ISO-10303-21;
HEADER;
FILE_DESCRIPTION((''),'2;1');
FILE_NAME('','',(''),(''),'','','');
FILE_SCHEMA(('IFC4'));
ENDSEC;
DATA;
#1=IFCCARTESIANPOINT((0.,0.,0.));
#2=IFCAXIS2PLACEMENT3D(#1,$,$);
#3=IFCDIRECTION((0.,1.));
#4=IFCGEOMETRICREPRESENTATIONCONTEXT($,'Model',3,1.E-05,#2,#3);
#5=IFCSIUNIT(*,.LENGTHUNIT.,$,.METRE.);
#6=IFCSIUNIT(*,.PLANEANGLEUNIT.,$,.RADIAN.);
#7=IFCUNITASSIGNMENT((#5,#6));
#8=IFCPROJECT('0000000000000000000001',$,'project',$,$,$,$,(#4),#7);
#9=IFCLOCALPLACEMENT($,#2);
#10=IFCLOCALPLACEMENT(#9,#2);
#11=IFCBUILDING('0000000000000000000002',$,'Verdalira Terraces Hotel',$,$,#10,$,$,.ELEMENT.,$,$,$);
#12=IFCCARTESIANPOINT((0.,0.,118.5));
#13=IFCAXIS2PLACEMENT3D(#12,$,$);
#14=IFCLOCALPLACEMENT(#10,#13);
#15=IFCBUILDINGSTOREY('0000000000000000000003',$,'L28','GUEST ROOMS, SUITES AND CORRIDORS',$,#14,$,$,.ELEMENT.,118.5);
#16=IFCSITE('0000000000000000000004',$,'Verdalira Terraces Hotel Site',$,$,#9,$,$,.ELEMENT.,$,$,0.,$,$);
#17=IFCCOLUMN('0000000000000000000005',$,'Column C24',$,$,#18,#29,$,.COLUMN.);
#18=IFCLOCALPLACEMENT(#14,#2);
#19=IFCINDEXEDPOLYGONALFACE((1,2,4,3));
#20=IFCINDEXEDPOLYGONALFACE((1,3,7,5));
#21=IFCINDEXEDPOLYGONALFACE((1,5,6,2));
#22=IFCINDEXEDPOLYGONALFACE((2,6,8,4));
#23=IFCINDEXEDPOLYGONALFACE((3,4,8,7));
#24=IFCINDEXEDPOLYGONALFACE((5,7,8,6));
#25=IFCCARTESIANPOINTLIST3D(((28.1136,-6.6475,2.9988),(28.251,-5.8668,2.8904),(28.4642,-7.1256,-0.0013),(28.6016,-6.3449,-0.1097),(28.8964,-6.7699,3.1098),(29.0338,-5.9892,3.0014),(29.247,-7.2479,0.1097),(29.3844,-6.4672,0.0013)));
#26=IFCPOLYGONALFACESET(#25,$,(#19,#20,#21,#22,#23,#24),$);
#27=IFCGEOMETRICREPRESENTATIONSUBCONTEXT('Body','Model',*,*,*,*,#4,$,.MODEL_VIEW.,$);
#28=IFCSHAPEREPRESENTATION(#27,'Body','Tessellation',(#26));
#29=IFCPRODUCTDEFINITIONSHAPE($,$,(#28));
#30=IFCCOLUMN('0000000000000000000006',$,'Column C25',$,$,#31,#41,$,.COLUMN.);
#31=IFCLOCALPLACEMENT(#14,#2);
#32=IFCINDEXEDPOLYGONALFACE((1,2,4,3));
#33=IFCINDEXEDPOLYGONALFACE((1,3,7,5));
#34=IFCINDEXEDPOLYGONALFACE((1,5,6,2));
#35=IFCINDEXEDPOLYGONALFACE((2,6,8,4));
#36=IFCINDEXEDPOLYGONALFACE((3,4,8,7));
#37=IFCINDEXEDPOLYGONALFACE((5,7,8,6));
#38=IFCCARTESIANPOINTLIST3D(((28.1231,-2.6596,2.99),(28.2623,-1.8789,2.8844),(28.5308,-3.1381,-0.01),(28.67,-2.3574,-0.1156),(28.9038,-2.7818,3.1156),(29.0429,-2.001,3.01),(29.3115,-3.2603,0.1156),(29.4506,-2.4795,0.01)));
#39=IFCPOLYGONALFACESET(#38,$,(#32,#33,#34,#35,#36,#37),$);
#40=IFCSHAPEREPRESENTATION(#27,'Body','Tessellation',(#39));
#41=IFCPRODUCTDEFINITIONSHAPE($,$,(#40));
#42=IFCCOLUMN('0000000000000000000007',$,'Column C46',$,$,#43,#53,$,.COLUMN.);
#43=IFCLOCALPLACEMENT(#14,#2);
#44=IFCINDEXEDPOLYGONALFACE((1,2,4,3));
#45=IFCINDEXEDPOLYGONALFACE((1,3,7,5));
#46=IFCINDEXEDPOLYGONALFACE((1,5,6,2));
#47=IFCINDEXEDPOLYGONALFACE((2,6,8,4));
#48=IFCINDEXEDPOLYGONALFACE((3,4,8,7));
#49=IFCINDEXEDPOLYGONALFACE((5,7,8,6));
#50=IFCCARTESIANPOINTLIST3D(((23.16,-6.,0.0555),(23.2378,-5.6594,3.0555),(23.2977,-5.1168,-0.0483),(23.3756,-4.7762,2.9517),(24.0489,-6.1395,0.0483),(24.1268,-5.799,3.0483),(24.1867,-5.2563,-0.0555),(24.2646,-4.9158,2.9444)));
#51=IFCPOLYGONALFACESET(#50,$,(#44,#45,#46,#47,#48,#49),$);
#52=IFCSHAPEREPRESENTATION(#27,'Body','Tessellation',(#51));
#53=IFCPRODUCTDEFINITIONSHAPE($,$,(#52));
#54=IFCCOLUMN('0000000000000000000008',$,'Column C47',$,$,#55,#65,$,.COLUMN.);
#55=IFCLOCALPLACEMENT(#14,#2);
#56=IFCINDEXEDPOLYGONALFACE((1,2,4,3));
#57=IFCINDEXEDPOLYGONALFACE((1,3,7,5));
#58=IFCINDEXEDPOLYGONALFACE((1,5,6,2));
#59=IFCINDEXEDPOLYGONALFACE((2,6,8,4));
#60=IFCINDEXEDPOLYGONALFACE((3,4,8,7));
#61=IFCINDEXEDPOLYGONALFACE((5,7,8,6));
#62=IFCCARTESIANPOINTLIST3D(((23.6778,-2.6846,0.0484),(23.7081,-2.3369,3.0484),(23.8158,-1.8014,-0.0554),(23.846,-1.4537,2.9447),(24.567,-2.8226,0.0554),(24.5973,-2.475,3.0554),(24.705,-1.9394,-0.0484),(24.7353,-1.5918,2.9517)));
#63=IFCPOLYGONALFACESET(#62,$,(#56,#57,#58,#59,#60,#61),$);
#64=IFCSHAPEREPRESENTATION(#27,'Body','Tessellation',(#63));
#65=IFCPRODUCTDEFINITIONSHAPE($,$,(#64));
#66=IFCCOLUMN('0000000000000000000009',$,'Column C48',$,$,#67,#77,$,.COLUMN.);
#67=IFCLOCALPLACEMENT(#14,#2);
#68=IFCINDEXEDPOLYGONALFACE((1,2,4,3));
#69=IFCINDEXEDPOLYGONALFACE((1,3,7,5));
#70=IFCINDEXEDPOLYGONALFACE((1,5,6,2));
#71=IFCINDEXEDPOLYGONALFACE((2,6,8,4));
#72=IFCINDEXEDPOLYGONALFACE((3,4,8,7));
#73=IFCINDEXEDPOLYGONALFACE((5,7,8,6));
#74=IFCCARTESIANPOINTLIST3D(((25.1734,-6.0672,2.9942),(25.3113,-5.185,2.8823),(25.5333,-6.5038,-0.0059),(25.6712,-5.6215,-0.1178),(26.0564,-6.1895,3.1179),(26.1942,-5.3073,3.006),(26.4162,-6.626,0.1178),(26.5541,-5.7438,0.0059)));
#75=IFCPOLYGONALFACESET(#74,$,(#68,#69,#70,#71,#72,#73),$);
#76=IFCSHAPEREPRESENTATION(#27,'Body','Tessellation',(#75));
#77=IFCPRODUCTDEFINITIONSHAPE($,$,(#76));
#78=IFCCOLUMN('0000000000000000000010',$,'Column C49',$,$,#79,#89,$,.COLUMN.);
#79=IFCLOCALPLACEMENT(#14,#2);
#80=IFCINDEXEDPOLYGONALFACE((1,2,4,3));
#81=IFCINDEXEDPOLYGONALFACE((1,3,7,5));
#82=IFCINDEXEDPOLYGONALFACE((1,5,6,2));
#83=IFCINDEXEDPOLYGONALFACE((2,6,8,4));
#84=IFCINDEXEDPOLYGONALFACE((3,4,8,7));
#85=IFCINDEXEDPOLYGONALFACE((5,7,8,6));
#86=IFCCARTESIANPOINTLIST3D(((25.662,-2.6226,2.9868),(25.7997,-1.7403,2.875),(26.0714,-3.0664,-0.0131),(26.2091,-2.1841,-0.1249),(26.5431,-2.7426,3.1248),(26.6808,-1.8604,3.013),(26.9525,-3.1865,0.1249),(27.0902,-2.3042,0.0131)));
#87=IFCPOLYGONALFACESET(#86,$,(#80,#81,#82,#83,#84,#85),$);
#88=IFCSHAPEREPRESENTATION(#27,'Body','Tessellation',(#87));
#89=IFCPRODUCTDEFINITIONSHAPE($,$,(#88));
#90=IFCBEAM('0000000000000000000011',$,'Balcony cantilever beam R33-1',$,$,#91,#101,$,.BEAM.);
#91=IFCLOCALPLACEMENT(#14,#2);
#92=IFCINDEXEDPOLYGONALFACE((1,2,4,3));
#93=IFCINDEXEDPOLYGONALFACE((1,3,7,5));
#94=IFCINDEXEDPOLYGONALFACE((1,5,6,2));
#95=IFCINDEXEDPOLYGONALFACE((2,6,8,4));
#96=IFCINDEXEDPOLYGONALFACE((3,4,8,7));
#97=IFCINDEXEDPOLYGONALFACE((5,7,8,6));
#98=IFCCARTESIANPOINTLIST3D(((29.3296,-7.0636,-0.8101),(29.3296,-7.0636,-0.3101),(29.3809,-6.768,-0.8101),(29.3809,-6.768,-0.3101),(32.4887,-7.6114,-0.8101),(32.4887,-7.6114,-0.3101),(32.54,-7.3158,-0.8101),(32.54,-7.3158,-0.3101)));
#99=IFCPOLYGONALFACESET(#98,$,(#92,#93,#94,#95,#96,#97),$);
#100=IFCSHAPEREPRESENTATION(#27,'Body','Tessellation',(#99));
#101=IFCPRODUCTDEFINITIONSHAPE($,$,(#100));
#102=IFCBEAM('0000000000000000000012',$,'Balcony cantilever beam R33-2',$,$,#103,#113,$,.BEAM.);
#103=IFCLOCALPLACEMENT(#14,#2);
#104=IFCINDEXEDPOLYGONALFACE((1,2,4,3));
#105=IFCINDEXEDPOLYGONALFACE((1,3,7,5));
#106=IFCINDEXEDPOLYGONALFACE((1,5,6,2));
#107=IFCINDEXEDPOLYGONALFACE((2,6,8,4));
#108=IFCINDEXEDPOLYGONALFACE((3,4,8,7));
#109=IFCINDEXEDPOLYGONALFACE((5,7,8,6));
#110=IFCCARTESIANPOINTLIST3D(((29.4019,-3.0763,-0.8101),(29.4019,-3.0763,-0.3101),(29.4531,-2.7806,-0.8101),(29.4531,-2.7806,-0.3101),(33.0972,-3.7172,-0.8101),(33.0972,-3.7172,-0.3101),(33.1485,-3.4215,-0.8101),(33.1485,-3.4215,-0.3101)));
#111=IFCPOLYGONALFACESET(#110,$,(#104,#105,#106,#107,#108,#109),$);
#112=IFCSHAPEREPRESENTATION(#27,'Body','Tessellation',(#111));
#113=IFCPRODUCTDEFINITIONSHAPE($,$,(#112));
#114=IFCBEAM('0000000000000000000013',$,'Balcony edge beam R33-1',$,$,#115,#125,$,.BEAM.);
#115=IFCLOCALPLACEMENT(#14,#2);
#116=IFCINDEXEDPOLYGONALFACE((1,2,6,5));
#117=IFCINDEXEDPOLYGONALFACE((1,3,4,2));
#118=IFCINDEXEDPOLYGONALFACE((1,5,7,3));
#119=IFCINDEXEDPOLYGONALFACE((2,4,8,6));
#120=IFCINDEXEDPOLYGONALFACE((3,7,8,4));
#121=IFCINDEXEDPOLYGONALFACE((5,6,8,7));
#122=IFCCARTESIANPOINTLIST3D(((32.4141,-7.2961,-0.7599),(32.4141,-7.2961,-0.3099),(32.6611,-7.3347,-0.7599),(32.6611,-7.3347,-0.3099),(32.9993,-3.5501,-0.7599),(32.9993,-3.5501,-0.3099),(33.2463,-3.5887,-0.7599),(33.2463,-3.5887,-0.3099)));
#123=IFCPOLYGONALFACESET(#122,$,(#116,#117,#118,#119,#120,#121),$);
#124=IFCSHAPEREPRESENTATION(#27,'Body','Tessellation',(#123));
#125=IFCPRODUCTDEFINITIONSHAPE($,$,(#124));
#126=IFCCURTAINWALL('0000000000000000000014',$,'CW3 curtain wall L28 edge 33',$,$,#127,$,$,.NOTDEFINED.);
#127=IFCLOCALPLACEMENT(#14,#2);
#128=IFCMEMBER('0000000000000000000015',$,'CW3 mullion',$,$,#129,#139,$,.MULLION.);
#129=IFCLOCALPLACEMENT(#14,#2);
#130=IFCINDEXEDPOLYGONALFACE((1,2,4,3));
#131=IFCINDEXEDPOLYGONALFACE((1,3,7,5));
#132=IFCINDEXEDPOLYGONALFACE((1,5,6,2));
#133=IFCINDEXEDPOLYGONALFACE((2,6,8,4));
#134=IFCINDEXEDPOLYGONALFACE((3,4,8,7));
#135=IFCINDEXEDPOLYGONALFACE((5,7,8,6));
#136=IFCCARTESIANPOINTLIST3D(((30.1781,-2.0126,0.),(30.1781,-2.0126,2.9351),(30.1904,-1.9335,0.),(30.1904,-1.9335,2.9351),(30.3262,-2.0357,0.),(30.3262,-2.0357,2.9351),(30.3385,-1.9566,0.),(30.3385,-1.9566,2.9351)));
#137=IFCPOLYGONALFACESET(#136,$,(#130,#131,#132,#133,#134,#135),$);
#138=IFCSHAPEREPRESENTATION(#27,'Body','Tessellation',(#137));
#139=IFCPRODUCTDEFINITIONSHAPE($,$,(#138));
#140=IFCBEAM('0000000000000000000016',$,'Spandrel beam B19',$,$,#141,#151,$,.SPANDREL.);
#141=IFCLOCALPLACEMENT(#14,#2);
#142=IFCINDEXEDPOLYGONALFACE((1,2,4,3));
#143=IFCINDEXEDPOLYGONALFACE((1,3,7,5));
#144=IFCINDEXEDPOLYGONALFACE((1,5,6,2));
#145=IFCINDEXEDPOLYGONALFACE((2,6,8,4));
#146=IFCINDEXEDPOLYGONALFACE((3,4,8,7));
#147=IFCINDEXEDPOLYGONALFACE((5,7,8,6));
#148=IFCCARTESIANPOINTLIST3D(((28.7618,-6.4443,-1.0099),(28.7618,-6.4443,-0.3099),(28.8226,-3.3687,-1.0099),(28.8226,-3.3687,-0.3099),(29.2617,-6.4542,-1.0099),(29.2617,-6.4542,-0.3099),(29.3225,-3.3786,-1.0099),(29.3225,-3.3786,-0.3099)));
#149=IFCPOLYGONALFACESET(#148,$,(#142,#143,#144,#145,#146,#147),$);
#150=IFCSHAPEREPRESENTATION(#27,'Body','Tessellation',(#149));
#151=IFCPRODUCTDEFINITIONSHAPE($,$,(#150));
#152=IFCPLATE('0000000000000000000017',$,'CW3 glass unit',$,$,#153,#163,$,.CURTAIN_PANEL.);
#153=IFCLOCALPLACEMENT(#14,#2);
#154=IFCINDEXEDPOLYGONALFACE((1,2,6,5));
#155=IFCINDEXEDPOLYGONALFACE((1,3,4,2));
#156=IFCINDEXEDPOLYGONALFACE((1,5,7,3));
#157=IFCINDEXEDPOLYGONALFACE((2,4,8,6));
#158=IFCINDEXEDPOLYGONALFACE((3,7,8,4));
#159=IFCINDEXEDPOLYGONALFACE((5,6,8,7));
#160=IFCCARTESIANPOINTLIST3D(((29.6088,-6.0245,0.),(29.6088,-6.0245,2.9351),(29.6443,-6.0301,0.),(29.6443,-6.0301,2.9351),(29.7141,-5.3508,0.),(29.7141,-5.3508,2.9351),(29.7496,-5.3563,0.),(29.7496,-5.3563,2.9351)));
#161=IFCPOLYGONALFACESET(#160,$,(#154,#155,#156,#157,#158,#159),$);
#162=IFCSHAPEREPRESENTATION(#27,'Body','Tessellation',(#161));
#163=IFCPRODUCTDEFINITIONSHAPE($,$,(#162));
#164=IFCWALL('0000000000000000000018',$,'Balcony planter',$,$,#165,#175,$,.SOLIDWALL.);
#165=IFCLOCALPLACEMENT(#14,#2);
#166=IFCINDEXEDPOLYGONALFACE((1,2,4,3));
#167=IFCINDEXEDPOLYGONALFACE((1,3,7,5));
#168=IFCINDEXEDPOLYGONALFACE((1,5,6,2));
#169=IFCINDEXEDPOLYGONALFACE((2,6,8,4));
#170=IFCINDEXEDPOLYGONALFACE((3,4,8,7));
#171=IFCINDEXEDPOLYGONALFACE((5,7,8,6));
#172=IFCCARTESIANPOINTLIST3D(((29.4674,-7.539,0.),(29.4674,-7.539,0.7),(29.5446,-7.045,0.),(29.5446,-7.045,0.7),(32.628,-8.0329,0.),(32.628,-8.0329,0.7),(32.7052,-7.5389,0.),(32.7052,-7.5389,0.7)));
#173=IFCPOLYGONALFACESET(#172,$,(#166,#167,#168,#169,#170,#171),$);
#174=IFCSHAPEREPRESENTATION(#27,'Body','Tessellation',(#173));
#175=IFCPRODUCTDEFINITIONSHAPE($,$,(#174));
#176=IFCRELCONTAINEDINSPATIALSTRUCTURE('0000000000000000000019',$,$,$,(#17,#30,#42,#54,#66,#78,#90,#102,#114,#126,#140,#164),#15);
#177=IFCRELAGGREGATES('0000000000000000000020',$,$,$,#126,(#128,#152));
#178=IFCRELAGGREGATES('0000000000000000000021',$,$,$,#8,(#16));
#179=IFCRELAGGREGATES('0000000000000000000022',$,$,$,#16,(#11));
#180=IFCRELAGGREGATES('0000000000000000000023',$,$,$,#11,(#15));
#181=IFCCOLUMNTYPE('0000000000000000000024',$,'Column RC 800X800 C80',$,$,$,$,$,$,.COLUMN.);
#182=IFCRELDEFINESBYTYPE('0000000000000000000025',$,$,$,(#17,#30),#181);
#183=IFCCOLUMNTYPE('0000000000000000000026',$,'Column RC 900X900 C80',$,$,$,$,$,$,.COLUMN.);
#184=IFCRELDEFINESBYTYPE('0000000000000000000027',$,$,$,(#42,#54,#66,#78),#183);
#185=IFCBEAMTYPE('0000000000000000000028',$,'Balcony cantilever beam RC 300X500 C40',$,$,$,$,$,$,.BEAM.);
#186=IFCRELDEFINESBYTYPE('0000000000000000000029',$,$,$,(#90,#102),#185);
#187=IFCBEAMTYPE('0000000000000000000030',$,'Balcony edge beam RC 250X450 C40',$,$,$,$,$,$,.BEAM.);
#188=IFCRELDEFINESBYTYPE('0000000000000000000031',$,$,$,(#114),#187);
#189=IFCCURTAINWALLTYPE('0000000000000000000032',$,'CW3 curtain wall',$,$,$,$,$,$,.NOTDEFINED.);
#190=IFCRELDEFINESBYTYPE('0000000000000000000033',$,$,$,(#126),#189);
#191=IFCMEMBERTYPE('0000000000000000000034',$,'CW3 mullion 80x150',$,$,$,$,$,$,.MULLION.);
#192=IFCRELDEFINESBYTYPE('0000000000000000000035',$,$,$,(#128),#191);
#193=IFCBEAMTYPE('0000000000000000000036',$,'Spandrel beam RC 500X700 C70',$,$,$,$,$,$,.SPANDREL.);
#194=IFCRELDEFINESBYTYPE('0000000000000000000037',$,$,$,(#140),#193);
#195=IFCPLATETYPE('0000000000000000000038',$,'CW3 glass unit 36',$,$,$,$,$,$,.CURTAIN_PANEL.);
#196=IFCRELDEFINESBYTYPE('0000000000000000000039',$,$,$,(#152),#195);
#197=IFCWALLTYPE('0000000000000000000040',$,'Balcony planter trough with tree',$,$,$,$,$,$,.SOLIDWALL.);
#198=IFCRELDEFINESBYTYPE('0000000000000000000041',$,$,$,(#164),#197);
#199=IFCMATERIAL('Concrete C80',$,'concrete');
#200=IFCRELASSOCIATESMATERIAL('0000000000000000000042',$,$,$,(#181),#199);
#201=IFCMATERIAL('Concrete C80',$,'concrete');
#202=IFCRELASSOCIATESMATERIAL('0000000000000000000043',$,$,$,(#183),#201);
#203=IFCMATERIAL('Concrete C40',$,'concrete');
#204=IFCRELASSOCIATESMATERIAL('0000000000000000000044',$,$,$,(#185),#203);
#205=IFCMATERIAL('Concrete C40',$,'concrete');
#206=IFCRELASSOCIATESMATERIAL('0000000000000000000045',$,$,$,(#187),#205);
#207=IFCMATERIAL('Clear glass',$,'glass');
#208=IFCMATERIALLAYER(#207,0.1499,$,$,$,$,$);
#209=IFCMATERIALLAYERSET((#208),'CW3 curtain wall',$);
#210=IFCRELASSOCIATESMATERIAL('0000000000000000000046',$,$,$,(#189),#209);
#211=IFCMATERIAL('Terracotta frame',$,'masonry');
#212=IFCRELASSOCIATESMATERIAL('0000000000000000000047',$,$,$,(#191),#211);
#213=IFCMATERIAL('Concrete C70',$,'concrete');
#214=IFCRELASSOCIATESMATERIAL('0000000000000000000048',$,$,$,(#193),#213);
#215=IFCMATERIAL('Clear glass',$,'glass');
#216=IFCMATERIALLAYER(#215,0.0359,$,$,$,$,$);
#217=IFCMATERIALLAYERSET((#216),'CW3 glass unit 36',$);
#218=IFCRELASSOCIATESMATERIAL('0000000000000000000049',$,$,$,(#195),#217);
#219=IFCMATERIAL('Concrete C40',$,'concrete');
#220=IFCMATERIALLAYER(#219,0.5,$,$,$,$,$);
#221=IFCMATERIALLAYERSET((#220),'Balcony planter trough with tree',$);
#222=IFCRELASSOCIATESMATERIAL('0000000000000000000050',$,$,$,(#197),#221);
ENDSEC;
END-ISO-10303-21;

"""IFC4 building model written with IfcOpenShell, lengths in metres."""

from ifc_helpers import new_model, si_unit, direction, frame, frame_2d, origin, origin_2d, place, context, subcontext, project, spatial, rectangle, extrude, material, layer, layer_set, material_profile, profile_set, type_object, element, aggregate, save


model = new_model("IFC4")

# Units and contexts
model_context = context("Model", 3, precision=1e-05, world=origin(), true_north=direction((0.0, 1.0)))
body_context = subcontext(model_context, "Body", "Model", "MODEL_VIEW")
ifc_project = project(units=[si_unit("LENGTHUNIT", "METRE"), si_unit("PLANEANGLEUNIT", "RADIAN")], contexts=[model_context])

# Site, building, storey
site_placement = place(None, origin())
site = spatial("IfcSite", under=ifc_project, at=site_placement, Name="Verdalira Terraces Hotel Site", CompositionType="ELEMENT", RefElevation=0.0)
building_placement = place(site_placement, origin())
building = spatial("IfcBuilding", under=site, at=building_placement, Name="Verdalira Terraces Hotel", CompositionType="ELEMENT")
storey_placement = place(building_placement, frame((0.0, 0.0, 118.5)))
storey = spatial("IfcBuildingStorey", under=building, at=storey_placement, Name="L28", Description="GUEST ROOMS, SUITES AND CORRIDORS", CompositionType="ELEMENT", Elevation=118.5)

# Columns
ifc_material_1 = material(Name="Concrete C80", Category="concrete")
ifc_material_profile_1 = material_profile(ifc_material_1, rectangle(XDim=0.8, YDim=0.8, at=origin_2d()), Name="RC 800X800")
ifc_profile_set_1 = profile_set([ifc_material_profile_1], Name="Concrete C80")
column_type_1 = type_object("IfcColumnType", Name="Column RC 800X800 C80", PredefinedType="COLUMN", material=ifc_profile_set_1)
column_1_placement = place(storey_placement, frame((28.9243, -6.7964, 0.0), z_axis=(-0.114645, 0.15632, 0.98103), x_axis=(0.171687, 0.975799, -0.135423)))
element("IfcColumn", 1, at=column_1_placement, inside=storey, type_object=column_type_1, Name="Column C24", PredefinedType="COLUMN", context=body_context, shape_type="SweptSolid", body=[
    extrude(rectangle(XDim=0.8, YDim=0.8, at=origin_2d()), origin(), (0.0, 0.0, 1.0), 3.0581),
])
column_2_placement = place(storey_placement, frame((28.9907, -2.8088, 0.0), z_axis=(-0.133016, 0.156114, 0.978742), x_axis=(0.17392, 0.97587, -0.13202)))
element("IfcColumn", 2, at=column_2_placement, inside=storey, type_object=column_type_1, Name="Column C25", PredefinedType="COLUMN", context=body_context, shape_type="SweptSolid", body=[
    extrude(rectangle(XDim=0.8, YDim=0.8, at=origin_2d()), origin(), (0.0, 0.0, 1.0), 3.0652),
])
ifc_material_2 = material(Name="Concrete C80", Category="concrete")
ifc_material_profile_2 = material_profile(ifc_material_2, rectangle(XDim=0.8999, YDim=0.8999, at=origin_2d()), Name="RC 900X900")
ifc_profile_set_2 = profile_set([ifc_material_profile_2], Name="Concrete C80")
column_type_2 = type_object("IfcColumnType", Name="Column RC 900X900 C80", PredefinedType="COLUMN", material=ifc_profile_set_2)
for number, where, z_axis, x_axis, name in (
    (3, (23.6733, -5.6282, 0.0), (0.025786, 0.112763, 0.993287), (0.987872, -0.15506, -0.008042), "Column C46"),
    (4, (24.1914, -2.312, 0.0), (0.010024, 0.115109, 0.993302), (0.98813, -0.153419, 0.007808), "Column C47"),
):
    element("IfcColumn", number, at=place(storey_placement, frame(where, z_axis=z_axis, x_axis=x_axis)), inside=storey, type_object=column_type_2, Name=name, PredefinedType="COLUMN", context=body_context, shape_type="SweptSolid", body=[
        extrude(rectangle(XDim=0.8999, YDim=0.8999, at=origin_2d()), origin(), (0.0, 0.0, 1.0), 3.0203),
    ])
column_3_placement = place(storey_placement, frame((26.0437, -6.1238, 0.0), z_axis=(-0.117877, 0.142988, 0.98268), x_axis=(0.981143, -0.135873, 0.137463)))
element("IfcColumn", 5, at=column_3_placement, inside=storey, type_object=column_type_2, Name="Column C48", PredefinedType="COLUMN", context=body_context, shape_type="SweptSolid", body=[
    extrude(rectangle(XDim=0.8999, YDim=0.8999, at=origin_2d()), origin(), (0.0, 0.0, 1.0), 3.053),
])
column_4_placement = place(storey_placement, frame((26.5808, -2.6853, 0.0), z_axis=(-0.133791, 0.14504, 0.980338), x_axis=(0.979119, -0.133434, 0.153366)))
element("IfcColumn", 6, at=column_4_placement, inside=storey, type_object=column_type_2, Name="Column C49", PredefinedType="COLUMN", context=body_context, shape_type="SweptSolid", body=[
    extrude(rectangle(XDim=0.8999, YDim=0.8999, at=origin_2d()), origin(), (0.0, 0.0, 1.0), 3.0601),
])

# Beams
ifc_material_3 = material(Name="Concrete C40", Category="concrete")
ifc_material_profile_3 = material_profile(ifc_material_3, rectangle(XDim=0.3, YDim=0.5, at=origin_2d()), Name="RC 300X500")
ifc_profile_set_3 = profile_set([ifc_material_profile_3], Name="Concrete C40")
beam_type_1 = type_object("IfcBeamType", Name="Balcony cantilever beam RC 300X500 C40", PredefinedType="BEAM", material=ifc_profile_set_3)
beam_1_placement = place(storey_placement, frame((29.3552, -6.9158, -0.5601), z_axis=(0.985294, -0.170866, 0.0), x_axis=(0.170866, 0.985294, 0.0)))
element("IfcBeam", 7, at=beam_1_placement, inside=storey, type_object=beam_type_1, Name="Balcony cantilever beam R33-1", PredefinedType="BEAM", context=body_context, shape_type="SweptSolid", body=[
    extrude(rectangle(XDim=0.3, YDim=0.5, at=origin_2d()), origin(), (0.0, 0.0, 1.0), 3.2063),
])
beam_2_placement = place(storey_placement, frame((29.4275, -2.9285, -0.5601), z_axis=(0.985292, -0.170877, 0.0), x_axis=(0.170877, 0.985292, 0.0)))
element("IfcBeam", 8, at=beam_2_placement, inside=storey, type_object=beam_type_1, Name="Balcony cantilever beam R33-2", PredefinedType="BEAM", context=body_context, shape_type="SweptSolid", body=[
    extrude(rectangle(XDim=0.3, YDim=0.5, at=origin_2d()), origin(), (0.0, 0.0, 1.0), 3.7505),
])
ifc_material_4 = material(Name="Concrete C40", Category="concrete")
ifc_material_profile_4 = material_profile(ifc_material_4, rectangle(XDim=0.25, YDim=0.45, at=origin_2d()), Name="RC 250X450")
ifc_profile_set_4 = profile_set([ifc_material_profile_4], Name="Concrete C40")
beam_type_2 = type_object("IfcBeamType", Name="Balcony edge beam RC 250X450 C40", PredefinedType="BEAM", material=ifc_profile_set_4)
beam_3_placement = place(storey_placement, frame((32.5376, -7.3154, -0.5349), z_axis=(0.154345, 0.988017, 0.0), x_axis=(-0.988017, 0.154345, 0.0)))
element("IfcBeam", 9, at=beam_3_placement, inside=storey, type_object=beam_type_2, Name="Balcony edge beam R33-1", PredefinedType="BEAM", context=body_context, shape_type="SweptSolid", body=[
    extrude(rectangle(XDim=0.25, YDim=0.45, at=origin_2d()), origin(), (0.0, 0.0, 1.0), 3.7915),
])

# Curtain wall, member
ifc_material_5 = material(Name="Clear glass", Category="glass")
ifc_layer_1 = layer(ifc_material_5, 0.1499)
ifc_layer_set_1 = layer_set([ifc_layer_1], Name="CW3 curtain wall")
curtain_wall_type = type_object("IfcCurtainWallType", Name="CW3 curtain wall", PredefinedType="NOTDEFINED", material=ifc_layer_set_1)
curtain_wall_placement = place(storey_placement, origin())
curtain_wall = element("IfcCurtainWall", 10, at=curtain_wall_placement, inside=storey, type_object=curtain_wall_type, Name="CW3 curtain wall L28 edge 33", PredefinedType="NOTDEFINED")
ifc_material_6 = material(Name="Terracotta frame", Category="masonry")
ifc_material_profile_5 = material_profile(ifc_material_6, rectangle(XDim=0.0801, YDim=0.1499, at=origin_2d()), Name="MU 80x150")
ifc_profile_set_5 = profile_set([ifc_material_profile_5], Name="Terracotta frame")
member_type = type_object("IfcMemberType", Name="CW3 mullion 80x150", PredefinedType="MULLION", material=ifc_profile_set_5)
member_placement = place(storey_placement, frame((30.2583, -1.9846, 0.0), z_axis=(0.0, 0.0, 1.0), x_axis=(0.154366, 0.988014, 0.0)))
member = element("IfcMember", 11, at=member_placement, type_object=member_type, Name="CW3 mullion", PredefinedType="MULLION", context=body_context, shape_type="SweptSolid", body=[
    extrude(rectangle(XDim=0.0801, YDim=0.1499, at=origin_2d()), origin(), (0.0, 0.0, 1.0), 2.9351),
])

# Beam
ifc_material_7 = material(Name="Concrete C70", Category="concrete")
ifc_material_profile_6 = material_profile(ifc_material_7, rectangle(XDim=0.5, YDim=0.7, at=origin_2d()), Name="RC 500X700")
ifc_profile_set_6 = profile_set([ifc_material_profile_6], Name="Concrete C70")
beam_type_3 = type_object("IfcBeamType", Name="Spandrel beam RC 500X700 C70", PredefinedType="SPANDREL", material=ifc_profile_set_6)
beam_4_placement = place(storey_placement, frame((29.0117, -6.4492, -0.6599), z_axis=(0.019761, 0.999805, 0.0), x_axis=(-0.999805, 0.019761, 0.0)))
element("IfcBeam", 12, at=beam_4_placement, inside=storey, type_object=beam_type_3, Name="Spandrel beam B19", PredefinedType="SPANDREL", context=body_context, shape_type="SweptSolid", body=[
    extrude(rectangle(XDim=0.5, YDim=0.7, at=origin_2d()), origin(), (0.0, 0.0, 1.0), 3.0762),
])

# Plate
ifc_material_8 = material(Name="Clear glass", Category="glass")
ifc_layer_2 = layer(ifc_material_8, 0.0359)
ifc_layer_set_2 = layer_set([ifc_layer_2], Name="CW3 glass unit 36")
plate_type = type_object("IfcPlateType", Name="CW3 glass unit 36", PredefinedType="CURTAIN_PANEL", material=ifc_layer_set_2)
plate_placement = place(storey_placement, frame((29.6792, -5.6904, 0.0), z_axis=(0.0, 0.0, 1.0), x_axis=(0.154366, 0.988014, 0.0)))
plate = element("IfcPlate", 13, at=plate_placement, type_object=plate_type, Name="CW3 glass unit", PredefinedType="CURTAIN_PANEL", context=body_context, shape_type="SweptSolid", body=[
    extrude(rectangle(XDim=0.6819, YDim=0.0359, at=origin_2d()), origin(), (0.0, 0.0, 1.0), 2.9351),
])
aggregate(curtain_wall, [member, plate])

# Wall
ifc_material_9 = material(Name="Concrete C40", Category="concrete")
ifc_layer_3 = layer(ifc_material_9, 0.5)
ifc_layer_set_3 = layer_set([ifc_layer_3], Name="Balcony planter trough with tree")
wall_type_1 = type_object("IfcWallType", Name="Balcony planter trough with tree", PredefinedType="SOLIDWALL", material=ifc_layer_set_3)
wall_1_placement = place(storey_placement, frame((29.5059, -7.292, 0.0), z_axis=(0.0, 0.0, 1.0), x_axis=(0.98801, -0.154391, 0.0)))
element("IfcWall", 14, at=wall_1_placement, inside=storey, type_object=wall_type_1, Name="Balcony planter", PredefinedType="SOLIDWALL", context=body_context, shape_type="SweptSolid", body=[
    extrude(rectangle(XDim=3.199, YDim=0.5, at=frame_2d((1.5996, 0.0))), origin(), (0.0, 0.0, 1.0), 0.7),
])

save(model, "model.ifc")
